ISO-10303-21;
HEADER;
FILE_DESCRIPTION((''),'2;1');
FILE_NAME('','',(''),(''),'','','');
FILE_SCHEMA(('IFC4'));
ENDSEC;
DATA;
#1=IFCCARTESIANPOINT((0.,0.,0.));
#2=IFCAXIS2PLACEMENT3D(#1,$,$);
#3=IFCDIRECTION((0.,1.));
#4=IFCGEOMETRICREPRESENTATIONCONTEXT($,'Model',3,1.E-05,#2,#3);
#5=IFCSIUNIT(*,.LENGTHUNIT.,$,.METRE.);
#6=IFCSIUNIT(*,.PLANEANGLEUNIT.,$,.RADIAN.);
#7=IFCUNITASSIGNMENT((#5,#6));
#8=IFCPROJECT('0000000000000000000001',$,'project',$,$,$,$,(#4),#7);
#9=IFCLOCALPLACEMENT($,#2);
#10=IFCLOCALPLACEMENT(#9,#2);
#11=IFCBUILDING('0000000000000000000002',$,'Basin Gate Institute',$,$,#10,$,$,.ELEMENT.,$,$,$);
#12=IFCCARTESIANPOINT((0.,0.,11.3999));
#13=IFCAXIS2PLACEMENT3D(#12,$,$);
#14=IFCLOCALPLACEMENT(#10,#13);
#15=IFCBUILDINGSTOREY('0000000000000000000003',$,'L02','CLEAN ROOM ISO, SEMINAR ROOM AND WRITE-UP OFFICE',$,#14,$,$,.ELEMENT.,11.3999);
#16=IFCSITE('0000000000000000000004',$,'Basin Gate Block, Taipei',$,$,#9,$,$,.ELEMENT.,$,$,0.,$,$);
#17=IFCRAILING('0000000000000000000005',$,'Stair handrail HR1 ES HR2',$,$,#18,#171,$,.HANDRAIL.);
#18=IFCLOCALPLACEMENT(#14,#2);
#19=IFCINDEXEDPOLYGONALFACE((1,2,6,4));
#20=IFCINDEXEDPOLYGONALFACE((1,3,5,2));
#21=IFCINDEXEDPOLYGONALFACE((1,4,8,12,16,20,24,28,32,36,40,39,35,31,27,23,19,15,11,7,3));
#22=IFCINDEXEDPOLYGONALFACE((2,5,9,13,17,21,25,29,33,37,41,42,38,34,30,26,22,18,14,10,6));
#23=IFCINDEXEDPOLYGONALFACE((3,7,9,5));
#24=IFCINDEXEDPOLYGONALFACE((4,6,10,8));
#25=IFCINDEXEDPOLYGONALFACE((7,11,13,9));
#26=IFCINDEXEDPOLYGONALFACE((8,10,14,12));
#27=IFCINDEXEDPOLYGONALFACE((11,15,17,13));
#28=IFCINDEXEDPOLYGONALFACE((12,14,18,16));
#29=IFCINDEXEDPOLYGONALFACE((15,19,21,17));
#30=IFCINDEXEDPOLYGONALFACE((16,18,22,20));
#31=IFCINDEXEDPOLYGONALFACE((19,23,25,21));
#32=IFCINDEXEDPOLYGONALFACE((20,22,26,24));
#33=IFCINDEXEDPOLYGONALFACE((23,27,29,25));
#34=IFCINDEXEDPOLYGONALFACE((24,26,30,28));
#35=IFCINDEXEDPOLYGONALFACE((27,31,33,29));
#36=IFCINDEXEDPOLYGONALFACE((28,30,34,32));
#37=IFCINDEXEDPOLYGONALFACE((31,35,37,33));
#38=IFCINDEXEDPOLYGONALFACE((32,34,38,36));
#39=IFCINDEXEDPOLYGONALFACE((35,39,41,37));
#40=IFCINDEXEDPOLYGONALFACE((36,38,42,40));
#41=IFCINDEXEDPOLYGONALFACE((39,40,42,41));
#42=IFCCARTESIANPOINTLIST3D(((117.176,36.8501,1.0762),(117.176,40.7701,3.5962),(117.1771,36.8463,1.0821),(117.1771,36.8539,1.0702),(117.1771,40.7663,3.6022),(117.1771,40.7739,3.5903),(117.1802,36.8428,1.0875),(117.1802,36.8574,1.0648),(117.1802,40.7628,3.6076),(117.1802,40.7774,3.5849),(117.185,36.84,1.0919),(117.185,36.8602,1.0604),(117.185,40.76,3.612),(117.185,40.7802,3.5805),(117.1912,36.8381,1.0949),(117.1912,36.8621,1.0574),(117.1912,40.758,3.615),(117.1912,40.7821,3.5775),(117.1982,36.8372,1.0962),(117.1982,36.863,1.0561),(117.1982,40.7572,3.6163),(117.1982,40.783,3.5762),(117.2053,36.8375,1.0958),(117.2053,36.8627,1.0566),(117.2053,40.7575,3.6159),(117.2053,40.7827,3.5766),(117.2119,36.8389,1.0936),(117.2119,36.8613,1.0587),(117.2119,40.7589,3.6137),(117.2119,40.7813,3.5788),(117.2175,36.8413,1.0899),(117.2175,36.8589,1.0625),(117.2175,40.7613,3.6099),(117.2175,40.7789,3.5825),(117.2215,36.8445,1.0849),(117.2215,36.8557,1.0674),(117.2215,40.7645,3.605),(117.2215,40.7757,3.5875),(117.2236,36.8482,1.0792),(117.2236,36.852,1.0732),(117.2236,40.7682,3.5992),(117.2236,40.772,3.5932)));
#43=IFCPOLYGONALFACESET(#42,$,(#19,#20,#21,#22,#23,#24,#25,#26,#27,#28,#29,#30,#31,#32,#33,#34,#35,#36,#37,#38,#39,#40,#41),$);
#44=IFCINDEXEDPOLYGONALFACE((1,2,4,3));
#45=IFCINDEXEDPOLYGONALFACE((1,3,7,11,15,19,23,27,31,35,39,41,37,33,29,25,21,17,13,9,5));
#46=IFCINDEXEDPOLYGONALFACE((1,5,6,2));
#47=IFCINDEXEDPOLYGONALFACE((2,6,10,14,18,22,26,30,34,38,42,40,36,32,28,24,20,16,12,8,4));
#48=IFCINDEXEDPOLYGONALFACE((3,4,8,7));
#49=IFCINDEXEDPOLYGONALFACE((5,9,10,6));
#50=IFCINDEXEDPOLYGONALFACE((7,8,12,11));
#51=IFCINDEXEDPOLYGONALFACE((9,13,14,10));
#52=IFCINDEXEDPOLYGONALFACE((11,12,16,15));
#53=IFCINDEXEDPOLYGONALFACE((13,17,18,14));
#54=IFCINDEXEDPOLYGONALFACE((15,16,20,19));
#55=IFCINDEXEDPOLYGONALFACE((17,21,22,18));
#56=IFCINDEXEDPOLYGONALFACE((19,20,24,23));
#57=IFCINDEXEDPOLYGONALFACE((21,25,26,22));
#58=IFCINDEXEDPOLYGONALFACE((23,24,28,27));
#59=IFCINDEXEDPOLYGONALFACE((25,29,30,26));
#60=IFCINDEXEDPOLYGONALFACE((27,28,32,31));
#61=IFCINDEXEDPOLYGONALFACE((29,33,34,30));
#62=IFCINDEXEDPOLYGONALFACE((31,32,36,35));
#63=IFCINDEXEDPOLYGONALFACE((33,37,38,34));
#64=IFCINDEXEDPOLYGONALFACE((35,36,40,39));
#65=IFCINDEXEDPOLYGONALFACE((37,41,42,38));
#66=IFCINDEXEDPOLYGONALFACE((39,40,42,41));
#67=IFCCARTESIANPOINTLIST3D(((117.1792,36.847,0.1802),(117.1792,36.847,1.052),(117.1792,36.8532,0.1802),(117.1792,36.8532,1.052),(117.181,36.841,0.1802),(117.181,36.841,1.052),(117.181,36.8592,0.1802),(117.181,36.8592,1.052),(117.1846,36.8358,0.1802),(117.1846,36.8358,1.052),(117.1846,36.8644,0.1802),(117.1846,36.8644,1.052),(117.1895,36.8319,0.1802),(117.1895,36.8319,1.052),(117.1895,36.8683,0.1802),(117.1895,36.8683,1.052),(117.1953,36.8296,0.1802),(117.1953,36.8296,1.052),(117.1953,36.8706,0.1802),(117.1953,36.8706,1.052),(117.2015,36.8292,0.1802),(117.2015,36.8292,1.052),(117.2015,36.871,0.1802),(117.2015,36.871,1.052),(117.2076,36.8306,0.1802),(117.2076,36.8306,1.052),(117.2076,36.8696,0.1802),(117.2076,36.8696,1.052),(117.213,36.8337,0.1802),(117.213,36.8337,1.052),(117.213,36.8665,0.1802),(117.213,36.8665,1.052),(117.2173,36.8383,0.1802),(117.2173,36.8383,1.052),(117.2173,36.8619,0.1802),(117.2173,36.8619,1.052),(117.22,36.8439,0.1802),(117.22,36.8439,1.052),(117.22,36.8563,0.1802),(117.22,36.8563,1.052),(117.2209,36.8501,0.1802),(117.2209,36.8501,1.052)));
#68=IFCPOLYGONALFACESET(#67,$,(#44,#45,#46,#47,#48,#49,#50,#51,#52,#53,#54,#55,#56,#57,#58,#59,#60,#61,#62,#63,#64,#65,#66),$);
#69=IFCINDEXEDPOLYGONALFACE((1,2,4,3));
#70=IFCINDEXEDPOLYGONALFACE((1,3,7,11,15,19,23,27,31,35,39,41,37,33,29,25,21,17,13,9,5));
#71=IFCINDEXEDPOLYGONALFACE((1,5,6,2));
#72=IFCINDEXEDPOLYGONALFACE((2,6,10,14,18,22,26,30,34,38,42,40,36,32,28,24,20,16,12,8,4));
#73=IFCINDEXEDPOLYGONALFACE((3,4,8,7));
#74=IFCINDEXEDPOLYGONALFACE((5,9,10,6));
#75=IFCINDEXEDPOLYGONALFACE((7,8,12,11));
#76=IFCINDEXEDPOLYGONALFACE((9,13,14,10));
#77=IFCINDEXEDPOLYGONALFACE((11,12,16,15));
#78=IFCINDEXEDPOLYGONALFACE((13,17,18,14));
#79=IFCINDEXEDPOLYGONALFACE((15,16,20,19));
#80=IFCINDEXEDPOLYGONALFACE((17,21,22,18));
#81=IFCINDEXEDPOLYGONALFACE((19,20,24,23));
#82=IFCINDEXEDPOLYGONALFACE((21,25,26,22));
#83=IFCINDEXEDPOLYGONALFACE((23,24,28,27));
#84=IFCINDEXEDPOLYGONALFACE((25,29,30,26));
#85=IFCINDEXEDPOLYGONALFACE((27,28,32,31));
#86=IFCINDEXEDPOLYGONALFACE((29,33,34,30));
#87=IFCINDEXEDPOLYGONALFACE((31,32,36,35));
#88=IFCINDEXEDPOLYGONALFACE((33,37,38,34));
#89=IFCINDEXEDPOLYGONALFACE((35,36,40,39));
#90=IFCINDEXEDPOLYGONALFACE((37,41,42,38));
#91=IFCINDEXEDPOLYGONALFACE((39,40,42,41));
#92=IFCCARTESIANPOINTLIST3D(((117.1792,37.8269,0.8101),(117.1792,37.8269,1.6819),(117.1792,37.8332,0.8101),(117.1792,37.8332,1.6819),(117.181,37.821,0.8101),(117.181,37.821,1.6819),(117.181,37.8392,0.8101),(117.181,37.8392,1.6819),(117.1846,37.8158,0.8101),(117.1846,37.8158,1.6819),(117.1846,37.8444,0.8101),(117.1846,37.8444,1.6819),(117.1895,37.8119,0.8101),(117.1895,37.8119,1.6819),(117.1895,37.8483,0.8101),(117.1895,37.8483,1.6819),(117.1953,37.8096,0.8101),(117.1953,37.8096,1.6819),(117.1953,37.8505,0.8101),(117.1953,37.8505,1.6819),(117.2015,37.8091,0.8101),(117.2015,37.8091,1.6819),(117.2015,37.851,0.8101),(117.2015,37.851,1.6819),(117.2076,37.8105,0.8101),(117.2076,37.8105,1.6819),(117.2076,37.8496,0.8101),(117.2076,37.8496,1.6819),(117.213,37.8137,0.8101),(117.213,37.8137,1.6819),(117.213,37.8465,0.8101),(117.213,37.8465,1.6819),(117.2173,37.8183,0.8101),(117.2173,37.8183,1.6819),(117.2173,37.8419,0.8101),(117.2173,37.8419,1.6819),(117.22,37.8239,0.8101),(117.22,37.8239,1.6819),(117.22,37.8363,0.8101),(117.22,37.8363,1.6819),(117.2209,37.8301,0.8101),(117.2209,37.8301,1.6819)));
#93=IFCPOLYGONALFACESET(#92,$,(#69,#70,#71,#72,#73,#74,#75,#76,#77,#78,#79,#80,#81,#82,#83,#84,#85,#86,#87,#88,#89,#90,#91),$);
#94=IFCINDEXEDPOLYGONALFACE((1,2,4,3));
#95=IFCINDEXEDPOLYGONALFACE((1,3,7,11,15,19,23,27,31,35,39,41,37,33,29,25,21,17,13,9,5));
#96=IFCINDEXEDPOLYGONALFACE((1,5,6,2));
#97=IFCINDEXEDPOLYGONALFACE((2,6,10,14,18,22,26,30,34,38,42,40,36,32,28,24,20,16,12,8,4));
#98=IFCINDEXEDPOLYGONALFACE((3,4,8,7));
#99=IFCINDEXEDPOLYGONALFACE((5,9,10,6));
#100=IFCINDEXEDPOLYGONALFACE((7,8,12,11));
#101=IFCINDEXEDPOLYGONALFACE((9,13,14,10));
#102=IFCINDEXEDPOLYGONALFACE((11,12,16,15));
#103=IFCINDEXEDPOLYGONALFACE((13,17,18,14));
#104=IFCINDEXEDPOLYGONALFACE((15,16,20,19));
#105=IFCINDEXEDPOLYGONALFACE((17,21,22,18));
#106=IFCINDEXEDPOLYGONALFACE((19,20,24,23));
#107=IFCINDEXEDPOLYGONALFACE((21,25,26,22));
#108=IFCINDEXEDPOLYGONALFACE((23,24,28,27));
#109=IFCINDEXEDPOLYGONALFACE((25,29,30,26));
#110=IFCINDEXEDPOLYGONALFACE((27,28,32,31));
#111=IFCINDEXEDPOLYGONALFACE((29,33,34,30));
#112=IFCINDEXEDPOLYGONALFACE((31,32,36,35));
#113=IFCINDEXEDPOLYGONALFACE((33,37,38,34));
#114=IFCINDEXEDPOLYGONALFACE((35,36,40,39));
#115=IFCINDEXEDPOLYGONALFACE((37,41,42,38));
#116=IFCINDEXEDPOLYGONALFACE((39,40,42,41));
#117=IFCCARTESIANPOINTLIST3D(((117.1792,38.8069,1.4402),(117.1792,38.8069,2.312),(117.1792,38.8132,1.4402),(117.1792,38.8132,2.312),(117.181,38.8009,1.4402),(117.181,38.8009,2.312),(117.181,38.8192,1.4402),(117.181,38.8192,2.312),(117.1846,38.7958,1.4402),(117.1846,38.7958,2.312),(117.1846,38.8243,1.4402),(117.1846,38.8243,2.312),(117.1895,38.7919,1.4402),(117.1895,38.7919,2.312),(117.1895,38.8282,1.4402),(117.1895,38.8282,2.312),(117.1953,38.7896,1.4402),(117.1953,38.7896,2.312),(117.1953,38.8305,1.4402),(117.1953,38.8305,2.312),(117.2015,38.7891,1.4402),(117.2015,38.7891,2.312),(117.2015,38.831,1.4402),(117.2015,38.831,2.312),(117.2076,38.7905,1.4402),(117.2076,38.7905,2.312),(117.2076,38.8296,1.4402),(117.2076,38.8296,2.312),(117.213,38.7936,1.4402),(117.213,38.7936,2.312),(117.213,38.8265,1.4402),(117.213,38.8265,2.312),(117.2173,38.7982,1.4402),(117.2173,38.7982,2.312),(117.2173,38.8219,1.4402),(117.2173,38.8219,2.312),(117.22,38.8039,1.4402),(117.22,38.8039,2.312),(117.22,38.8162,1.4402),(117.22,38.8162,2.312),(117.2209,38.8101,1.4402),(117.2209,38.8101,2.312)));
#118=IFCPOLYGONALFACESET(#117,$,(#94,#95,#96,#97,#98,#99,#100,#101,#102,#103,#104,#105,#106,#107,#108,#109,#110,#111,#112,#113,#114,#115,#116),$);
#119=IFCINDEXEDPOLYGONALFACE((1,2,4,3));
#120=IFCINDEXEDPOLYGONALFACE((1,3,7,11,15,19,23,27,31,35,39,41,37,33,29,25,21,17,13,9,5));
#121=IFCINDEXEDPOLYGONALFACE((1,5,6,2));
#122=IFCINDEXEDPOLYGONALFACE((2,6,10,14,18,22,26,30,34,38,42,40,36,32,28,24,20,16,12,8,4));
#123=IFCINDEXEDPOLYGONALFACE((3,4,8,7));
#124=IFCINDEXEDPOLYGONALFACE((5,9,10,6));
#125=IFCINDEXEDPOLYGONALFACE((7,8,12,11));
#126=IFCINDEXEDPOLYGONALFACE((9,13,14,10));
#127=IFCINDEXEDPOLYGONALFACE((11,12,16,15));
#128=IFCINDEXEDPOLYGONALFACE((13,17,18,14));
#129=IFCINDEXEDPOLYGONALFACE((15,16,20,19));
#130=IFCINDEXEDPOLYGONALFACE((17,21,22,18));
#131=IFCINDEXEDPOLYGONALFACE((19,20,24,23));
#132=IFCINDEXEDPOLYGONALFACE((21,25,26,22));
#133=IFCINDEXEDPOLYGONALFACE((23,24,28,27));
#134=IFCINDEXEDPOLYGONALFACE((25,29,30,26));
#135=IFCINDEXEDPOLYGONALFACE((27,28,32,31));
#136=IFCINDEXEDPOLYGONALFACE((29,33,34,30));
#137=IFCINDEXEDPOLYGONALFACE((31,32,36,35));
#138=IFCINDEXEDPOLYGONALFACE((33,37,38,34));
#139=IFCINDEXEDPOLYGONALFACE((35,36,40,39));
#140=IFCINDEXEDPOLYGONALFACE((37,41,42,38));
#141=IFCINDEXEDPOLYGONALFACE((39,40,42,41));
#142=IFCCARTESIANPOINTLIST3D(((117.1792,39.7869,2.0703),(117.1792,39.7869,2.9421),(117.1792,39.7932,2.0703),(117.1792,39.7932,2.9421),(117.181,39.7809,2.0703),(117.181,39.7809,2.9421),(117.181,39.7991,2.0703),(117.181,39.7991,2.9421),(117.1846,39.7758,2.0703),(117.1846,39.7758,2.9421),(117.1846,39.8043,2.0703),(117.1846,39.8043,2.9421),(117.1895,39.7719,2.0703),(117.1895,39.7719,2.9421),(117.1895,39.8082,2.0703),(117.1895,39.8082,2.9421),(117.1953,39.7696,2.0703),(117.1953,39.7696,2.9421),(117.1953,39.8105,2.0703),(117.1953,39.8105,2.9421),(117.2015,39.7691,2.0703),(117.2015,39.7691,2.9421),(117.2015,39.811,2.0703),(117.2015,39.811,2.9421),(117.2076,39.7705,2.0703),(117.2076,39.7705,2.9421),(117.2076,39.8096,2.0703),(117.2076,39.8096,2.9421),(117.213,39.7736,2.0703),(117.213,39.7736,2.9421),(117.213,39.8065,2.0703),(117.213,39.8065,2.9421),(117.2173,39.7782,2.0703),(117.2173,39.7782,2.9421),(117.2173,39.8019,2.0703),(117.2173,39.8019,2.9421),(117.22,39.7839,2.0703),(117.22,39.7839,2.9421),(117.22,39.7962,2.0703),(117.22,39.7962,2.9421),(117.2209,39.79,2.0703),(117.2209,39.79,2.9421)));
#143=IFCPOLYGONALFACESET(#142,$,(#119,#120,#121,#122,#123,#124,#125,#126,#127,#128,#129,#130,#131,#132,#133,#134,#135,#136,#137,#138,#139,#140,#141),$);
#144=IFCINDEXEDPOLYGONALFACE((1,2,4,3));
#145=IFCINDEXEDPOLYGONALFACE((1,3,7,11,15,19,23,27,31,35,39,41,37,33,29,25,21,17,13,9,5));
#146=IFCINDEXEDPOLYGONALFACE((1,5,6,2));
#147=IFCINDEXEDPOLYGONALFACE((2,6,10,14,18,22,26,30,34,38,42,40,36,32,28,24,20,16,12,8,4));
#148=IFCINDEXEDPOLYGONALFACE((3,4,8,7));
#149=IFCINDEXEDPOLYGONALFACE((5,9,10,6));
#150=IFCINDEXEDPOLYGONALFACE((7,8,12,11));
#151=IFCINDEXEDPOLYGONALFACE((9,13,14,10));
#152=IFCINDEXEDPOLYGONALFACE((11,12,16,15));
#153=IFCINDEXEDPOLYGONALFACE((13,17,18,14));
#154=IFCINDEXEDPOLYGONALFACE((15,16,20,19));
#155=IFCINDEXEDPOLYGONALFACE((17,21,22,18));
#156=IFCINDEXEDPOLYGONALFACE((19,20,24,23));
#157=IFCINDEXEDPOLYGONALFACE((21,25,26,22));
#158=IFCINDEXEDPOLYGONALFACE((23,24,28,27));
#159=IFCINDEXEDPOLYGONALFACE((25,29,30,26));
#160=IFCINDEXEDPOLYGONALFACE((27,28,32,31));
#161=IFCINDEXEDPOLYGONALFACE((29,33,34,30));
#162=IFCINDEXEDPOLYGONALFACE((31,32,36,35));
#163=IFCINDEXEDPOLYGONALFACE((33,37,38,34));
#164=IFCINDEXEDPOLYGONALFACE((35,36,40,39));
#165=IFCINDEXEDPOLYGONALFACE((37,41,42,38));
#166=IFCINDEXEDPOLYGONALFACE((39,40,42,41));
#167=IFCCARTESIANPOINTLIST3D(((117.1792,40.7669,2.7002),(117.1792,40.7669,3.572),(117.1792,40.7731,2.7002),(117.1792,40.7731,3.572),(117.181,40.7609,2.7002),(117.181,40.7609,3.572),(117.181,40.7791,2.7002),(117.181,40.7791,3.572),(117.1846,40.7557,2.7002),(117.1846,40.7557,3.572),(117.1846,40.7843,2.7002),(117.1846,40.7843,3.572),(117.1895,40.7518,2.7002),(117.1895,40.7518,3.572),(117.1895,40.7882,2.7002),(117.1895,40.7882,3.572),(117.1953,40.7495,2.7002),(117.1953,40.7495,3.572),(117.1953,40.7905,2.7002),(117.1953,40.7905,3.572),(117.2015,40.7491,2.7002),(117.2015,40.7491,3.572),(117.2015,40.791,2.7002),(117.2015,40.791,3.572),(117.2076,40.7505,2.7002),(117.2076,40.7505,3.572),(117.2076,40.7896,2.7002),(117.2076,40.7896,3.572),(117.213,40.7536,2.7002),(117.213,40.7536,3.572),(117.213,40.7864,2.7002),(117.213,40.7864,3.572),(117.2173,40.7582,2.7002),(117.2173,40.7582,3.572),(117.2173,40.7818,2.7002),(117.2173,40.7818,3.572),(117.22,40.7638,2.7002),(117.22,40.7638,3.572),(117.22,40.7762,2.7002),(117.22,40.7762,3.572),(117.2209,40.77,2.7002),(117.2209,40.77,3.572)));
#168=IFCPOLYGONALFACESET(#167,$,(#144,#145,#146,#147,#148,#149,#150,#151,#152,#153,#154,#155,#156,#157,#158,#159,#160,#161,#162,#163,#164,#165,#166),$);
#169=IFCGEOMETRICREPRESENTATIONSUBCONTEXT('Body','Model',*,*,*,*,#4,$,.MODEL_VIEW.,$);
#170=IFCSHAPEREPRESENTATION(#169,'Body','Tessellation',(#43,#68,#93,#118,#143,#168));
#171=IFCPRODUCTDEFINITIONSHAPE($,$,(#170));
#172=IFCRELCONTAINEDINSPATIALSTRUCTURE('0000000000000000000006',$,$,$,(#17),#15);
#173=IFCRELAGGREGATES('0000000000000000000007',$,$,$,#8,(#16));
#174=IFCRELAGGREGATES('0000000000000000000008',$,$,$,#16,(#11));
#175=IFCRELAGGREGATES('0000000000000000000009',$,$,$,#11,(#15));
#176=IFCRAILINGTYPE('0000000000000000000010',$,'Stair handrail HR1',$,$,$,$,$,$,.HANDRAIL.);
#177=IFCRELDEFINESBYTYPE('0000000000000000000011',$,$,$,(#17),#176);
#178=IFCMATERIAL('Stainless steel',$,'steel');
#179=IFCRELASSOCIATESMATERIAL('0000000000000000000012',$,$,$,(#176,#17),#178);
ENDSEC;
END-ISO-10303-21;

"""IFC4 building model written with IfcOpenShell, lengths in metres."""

from ifc_helpers import new_model, si_unit, direction, frame, origin, origin_2d, place, context, subcontext, project, spatial, circle, extrude, material, type_object, element, save


model = new_model("IFC4")

# Units and contexts
model_context = context("Model", 3, precision=1e-05, world=origin(), true_north=direction((0.0, 1.0)))
body_context = subcontext(model_context, "Body", "Model", "MODEL_VIEW")
ifc_project = project(units=[si_unit("LENGTHUNIT", "METRE"), si_unit("PLANEANGLEUNIT", "RADIAN")], contexts=[model_context])

# Site, building, storey
site_placement = place(None, origin())
site = spatial("IfcSite", under=ifc_project, at=site_placement, Name="Basin Gate Block, Taipei", CompositionType="ELEMENT", RefElevation=0.0)
building_placement = place(site_placement, origin())
building = spatial("IfcBuilding", under=site, at=building_placement, Name="Basin Gate Institute", CompositionType="ELEMENT")
storey_placement = place(building_placement, frame((0.0, 0.0, 11.3999)))
storey = spatial("IfcBuildingStorey", under=building, at=storey_placement, Name="L02", Description="CLEAN ROOM ISO, SEMINAR ROOM AND WRITE-UP OFFICE", CompositionType="ELEMENT", Elevation=11.3999)

# Railing
ifc_material_1 = material(Name="Stainless steel", Category="steel")
railing_type_1 = type_object("IfcRailingType", Name="Stair handrail HR1", PredefinedType="HANDRAIL", material=ifc_material_1)
railing_1_placement = place(storey_placement, frame((117.2, 36.8501, 0.1802)))
element("IfcRailing", 1, at=railing_1_placement, inside=storey, type_object=railing_type_1, material=ifc_material_1, Name="Stair handrail HR1 ES HR2", PredefinedType="HANDRAIL", context=body_context, shape_type="SweptSolid", body=[
    extrude(circle(Radius=0.0239, at=origin_2d()), frame((0.0, 0.0, 0.896), z_axis=(0.0, 0.841172, 0.540768), x_axis=(-1.0, 0.0, 0.0)), (0.0, 0.0, 1.0), 4.6602),
    extrude(circle(Radius=0.021, at=origin_2d()), origin(), (0.0, 0.0, 1.0), 0.8718),
    extrude(circle(Radius=0.021, at=origin_2d()), frame((0.0, 0.98, 0.6299)), (0.0, 0.0, 1.0), 0.8718),
    extrude(circle(Radius=0.021, at=origin_2d()), frame((0.0, 1.96, 1.26)), (0.0, 0.0, 1.0), 0.8718),
    extrude(circle(Radius=0.021, at=origin_2d()), frame((0.0, 2.9399, 1.8901)), (0.0, 0.0, 1.0), 0.8718),
    extrude(circle(Radius=0.021, at=origin_2d()), frame((0.0, 3.9199, 2.52)), (0.0, 0.0, 1.0), 0.8718),
])

save(model, "model.ifc")
